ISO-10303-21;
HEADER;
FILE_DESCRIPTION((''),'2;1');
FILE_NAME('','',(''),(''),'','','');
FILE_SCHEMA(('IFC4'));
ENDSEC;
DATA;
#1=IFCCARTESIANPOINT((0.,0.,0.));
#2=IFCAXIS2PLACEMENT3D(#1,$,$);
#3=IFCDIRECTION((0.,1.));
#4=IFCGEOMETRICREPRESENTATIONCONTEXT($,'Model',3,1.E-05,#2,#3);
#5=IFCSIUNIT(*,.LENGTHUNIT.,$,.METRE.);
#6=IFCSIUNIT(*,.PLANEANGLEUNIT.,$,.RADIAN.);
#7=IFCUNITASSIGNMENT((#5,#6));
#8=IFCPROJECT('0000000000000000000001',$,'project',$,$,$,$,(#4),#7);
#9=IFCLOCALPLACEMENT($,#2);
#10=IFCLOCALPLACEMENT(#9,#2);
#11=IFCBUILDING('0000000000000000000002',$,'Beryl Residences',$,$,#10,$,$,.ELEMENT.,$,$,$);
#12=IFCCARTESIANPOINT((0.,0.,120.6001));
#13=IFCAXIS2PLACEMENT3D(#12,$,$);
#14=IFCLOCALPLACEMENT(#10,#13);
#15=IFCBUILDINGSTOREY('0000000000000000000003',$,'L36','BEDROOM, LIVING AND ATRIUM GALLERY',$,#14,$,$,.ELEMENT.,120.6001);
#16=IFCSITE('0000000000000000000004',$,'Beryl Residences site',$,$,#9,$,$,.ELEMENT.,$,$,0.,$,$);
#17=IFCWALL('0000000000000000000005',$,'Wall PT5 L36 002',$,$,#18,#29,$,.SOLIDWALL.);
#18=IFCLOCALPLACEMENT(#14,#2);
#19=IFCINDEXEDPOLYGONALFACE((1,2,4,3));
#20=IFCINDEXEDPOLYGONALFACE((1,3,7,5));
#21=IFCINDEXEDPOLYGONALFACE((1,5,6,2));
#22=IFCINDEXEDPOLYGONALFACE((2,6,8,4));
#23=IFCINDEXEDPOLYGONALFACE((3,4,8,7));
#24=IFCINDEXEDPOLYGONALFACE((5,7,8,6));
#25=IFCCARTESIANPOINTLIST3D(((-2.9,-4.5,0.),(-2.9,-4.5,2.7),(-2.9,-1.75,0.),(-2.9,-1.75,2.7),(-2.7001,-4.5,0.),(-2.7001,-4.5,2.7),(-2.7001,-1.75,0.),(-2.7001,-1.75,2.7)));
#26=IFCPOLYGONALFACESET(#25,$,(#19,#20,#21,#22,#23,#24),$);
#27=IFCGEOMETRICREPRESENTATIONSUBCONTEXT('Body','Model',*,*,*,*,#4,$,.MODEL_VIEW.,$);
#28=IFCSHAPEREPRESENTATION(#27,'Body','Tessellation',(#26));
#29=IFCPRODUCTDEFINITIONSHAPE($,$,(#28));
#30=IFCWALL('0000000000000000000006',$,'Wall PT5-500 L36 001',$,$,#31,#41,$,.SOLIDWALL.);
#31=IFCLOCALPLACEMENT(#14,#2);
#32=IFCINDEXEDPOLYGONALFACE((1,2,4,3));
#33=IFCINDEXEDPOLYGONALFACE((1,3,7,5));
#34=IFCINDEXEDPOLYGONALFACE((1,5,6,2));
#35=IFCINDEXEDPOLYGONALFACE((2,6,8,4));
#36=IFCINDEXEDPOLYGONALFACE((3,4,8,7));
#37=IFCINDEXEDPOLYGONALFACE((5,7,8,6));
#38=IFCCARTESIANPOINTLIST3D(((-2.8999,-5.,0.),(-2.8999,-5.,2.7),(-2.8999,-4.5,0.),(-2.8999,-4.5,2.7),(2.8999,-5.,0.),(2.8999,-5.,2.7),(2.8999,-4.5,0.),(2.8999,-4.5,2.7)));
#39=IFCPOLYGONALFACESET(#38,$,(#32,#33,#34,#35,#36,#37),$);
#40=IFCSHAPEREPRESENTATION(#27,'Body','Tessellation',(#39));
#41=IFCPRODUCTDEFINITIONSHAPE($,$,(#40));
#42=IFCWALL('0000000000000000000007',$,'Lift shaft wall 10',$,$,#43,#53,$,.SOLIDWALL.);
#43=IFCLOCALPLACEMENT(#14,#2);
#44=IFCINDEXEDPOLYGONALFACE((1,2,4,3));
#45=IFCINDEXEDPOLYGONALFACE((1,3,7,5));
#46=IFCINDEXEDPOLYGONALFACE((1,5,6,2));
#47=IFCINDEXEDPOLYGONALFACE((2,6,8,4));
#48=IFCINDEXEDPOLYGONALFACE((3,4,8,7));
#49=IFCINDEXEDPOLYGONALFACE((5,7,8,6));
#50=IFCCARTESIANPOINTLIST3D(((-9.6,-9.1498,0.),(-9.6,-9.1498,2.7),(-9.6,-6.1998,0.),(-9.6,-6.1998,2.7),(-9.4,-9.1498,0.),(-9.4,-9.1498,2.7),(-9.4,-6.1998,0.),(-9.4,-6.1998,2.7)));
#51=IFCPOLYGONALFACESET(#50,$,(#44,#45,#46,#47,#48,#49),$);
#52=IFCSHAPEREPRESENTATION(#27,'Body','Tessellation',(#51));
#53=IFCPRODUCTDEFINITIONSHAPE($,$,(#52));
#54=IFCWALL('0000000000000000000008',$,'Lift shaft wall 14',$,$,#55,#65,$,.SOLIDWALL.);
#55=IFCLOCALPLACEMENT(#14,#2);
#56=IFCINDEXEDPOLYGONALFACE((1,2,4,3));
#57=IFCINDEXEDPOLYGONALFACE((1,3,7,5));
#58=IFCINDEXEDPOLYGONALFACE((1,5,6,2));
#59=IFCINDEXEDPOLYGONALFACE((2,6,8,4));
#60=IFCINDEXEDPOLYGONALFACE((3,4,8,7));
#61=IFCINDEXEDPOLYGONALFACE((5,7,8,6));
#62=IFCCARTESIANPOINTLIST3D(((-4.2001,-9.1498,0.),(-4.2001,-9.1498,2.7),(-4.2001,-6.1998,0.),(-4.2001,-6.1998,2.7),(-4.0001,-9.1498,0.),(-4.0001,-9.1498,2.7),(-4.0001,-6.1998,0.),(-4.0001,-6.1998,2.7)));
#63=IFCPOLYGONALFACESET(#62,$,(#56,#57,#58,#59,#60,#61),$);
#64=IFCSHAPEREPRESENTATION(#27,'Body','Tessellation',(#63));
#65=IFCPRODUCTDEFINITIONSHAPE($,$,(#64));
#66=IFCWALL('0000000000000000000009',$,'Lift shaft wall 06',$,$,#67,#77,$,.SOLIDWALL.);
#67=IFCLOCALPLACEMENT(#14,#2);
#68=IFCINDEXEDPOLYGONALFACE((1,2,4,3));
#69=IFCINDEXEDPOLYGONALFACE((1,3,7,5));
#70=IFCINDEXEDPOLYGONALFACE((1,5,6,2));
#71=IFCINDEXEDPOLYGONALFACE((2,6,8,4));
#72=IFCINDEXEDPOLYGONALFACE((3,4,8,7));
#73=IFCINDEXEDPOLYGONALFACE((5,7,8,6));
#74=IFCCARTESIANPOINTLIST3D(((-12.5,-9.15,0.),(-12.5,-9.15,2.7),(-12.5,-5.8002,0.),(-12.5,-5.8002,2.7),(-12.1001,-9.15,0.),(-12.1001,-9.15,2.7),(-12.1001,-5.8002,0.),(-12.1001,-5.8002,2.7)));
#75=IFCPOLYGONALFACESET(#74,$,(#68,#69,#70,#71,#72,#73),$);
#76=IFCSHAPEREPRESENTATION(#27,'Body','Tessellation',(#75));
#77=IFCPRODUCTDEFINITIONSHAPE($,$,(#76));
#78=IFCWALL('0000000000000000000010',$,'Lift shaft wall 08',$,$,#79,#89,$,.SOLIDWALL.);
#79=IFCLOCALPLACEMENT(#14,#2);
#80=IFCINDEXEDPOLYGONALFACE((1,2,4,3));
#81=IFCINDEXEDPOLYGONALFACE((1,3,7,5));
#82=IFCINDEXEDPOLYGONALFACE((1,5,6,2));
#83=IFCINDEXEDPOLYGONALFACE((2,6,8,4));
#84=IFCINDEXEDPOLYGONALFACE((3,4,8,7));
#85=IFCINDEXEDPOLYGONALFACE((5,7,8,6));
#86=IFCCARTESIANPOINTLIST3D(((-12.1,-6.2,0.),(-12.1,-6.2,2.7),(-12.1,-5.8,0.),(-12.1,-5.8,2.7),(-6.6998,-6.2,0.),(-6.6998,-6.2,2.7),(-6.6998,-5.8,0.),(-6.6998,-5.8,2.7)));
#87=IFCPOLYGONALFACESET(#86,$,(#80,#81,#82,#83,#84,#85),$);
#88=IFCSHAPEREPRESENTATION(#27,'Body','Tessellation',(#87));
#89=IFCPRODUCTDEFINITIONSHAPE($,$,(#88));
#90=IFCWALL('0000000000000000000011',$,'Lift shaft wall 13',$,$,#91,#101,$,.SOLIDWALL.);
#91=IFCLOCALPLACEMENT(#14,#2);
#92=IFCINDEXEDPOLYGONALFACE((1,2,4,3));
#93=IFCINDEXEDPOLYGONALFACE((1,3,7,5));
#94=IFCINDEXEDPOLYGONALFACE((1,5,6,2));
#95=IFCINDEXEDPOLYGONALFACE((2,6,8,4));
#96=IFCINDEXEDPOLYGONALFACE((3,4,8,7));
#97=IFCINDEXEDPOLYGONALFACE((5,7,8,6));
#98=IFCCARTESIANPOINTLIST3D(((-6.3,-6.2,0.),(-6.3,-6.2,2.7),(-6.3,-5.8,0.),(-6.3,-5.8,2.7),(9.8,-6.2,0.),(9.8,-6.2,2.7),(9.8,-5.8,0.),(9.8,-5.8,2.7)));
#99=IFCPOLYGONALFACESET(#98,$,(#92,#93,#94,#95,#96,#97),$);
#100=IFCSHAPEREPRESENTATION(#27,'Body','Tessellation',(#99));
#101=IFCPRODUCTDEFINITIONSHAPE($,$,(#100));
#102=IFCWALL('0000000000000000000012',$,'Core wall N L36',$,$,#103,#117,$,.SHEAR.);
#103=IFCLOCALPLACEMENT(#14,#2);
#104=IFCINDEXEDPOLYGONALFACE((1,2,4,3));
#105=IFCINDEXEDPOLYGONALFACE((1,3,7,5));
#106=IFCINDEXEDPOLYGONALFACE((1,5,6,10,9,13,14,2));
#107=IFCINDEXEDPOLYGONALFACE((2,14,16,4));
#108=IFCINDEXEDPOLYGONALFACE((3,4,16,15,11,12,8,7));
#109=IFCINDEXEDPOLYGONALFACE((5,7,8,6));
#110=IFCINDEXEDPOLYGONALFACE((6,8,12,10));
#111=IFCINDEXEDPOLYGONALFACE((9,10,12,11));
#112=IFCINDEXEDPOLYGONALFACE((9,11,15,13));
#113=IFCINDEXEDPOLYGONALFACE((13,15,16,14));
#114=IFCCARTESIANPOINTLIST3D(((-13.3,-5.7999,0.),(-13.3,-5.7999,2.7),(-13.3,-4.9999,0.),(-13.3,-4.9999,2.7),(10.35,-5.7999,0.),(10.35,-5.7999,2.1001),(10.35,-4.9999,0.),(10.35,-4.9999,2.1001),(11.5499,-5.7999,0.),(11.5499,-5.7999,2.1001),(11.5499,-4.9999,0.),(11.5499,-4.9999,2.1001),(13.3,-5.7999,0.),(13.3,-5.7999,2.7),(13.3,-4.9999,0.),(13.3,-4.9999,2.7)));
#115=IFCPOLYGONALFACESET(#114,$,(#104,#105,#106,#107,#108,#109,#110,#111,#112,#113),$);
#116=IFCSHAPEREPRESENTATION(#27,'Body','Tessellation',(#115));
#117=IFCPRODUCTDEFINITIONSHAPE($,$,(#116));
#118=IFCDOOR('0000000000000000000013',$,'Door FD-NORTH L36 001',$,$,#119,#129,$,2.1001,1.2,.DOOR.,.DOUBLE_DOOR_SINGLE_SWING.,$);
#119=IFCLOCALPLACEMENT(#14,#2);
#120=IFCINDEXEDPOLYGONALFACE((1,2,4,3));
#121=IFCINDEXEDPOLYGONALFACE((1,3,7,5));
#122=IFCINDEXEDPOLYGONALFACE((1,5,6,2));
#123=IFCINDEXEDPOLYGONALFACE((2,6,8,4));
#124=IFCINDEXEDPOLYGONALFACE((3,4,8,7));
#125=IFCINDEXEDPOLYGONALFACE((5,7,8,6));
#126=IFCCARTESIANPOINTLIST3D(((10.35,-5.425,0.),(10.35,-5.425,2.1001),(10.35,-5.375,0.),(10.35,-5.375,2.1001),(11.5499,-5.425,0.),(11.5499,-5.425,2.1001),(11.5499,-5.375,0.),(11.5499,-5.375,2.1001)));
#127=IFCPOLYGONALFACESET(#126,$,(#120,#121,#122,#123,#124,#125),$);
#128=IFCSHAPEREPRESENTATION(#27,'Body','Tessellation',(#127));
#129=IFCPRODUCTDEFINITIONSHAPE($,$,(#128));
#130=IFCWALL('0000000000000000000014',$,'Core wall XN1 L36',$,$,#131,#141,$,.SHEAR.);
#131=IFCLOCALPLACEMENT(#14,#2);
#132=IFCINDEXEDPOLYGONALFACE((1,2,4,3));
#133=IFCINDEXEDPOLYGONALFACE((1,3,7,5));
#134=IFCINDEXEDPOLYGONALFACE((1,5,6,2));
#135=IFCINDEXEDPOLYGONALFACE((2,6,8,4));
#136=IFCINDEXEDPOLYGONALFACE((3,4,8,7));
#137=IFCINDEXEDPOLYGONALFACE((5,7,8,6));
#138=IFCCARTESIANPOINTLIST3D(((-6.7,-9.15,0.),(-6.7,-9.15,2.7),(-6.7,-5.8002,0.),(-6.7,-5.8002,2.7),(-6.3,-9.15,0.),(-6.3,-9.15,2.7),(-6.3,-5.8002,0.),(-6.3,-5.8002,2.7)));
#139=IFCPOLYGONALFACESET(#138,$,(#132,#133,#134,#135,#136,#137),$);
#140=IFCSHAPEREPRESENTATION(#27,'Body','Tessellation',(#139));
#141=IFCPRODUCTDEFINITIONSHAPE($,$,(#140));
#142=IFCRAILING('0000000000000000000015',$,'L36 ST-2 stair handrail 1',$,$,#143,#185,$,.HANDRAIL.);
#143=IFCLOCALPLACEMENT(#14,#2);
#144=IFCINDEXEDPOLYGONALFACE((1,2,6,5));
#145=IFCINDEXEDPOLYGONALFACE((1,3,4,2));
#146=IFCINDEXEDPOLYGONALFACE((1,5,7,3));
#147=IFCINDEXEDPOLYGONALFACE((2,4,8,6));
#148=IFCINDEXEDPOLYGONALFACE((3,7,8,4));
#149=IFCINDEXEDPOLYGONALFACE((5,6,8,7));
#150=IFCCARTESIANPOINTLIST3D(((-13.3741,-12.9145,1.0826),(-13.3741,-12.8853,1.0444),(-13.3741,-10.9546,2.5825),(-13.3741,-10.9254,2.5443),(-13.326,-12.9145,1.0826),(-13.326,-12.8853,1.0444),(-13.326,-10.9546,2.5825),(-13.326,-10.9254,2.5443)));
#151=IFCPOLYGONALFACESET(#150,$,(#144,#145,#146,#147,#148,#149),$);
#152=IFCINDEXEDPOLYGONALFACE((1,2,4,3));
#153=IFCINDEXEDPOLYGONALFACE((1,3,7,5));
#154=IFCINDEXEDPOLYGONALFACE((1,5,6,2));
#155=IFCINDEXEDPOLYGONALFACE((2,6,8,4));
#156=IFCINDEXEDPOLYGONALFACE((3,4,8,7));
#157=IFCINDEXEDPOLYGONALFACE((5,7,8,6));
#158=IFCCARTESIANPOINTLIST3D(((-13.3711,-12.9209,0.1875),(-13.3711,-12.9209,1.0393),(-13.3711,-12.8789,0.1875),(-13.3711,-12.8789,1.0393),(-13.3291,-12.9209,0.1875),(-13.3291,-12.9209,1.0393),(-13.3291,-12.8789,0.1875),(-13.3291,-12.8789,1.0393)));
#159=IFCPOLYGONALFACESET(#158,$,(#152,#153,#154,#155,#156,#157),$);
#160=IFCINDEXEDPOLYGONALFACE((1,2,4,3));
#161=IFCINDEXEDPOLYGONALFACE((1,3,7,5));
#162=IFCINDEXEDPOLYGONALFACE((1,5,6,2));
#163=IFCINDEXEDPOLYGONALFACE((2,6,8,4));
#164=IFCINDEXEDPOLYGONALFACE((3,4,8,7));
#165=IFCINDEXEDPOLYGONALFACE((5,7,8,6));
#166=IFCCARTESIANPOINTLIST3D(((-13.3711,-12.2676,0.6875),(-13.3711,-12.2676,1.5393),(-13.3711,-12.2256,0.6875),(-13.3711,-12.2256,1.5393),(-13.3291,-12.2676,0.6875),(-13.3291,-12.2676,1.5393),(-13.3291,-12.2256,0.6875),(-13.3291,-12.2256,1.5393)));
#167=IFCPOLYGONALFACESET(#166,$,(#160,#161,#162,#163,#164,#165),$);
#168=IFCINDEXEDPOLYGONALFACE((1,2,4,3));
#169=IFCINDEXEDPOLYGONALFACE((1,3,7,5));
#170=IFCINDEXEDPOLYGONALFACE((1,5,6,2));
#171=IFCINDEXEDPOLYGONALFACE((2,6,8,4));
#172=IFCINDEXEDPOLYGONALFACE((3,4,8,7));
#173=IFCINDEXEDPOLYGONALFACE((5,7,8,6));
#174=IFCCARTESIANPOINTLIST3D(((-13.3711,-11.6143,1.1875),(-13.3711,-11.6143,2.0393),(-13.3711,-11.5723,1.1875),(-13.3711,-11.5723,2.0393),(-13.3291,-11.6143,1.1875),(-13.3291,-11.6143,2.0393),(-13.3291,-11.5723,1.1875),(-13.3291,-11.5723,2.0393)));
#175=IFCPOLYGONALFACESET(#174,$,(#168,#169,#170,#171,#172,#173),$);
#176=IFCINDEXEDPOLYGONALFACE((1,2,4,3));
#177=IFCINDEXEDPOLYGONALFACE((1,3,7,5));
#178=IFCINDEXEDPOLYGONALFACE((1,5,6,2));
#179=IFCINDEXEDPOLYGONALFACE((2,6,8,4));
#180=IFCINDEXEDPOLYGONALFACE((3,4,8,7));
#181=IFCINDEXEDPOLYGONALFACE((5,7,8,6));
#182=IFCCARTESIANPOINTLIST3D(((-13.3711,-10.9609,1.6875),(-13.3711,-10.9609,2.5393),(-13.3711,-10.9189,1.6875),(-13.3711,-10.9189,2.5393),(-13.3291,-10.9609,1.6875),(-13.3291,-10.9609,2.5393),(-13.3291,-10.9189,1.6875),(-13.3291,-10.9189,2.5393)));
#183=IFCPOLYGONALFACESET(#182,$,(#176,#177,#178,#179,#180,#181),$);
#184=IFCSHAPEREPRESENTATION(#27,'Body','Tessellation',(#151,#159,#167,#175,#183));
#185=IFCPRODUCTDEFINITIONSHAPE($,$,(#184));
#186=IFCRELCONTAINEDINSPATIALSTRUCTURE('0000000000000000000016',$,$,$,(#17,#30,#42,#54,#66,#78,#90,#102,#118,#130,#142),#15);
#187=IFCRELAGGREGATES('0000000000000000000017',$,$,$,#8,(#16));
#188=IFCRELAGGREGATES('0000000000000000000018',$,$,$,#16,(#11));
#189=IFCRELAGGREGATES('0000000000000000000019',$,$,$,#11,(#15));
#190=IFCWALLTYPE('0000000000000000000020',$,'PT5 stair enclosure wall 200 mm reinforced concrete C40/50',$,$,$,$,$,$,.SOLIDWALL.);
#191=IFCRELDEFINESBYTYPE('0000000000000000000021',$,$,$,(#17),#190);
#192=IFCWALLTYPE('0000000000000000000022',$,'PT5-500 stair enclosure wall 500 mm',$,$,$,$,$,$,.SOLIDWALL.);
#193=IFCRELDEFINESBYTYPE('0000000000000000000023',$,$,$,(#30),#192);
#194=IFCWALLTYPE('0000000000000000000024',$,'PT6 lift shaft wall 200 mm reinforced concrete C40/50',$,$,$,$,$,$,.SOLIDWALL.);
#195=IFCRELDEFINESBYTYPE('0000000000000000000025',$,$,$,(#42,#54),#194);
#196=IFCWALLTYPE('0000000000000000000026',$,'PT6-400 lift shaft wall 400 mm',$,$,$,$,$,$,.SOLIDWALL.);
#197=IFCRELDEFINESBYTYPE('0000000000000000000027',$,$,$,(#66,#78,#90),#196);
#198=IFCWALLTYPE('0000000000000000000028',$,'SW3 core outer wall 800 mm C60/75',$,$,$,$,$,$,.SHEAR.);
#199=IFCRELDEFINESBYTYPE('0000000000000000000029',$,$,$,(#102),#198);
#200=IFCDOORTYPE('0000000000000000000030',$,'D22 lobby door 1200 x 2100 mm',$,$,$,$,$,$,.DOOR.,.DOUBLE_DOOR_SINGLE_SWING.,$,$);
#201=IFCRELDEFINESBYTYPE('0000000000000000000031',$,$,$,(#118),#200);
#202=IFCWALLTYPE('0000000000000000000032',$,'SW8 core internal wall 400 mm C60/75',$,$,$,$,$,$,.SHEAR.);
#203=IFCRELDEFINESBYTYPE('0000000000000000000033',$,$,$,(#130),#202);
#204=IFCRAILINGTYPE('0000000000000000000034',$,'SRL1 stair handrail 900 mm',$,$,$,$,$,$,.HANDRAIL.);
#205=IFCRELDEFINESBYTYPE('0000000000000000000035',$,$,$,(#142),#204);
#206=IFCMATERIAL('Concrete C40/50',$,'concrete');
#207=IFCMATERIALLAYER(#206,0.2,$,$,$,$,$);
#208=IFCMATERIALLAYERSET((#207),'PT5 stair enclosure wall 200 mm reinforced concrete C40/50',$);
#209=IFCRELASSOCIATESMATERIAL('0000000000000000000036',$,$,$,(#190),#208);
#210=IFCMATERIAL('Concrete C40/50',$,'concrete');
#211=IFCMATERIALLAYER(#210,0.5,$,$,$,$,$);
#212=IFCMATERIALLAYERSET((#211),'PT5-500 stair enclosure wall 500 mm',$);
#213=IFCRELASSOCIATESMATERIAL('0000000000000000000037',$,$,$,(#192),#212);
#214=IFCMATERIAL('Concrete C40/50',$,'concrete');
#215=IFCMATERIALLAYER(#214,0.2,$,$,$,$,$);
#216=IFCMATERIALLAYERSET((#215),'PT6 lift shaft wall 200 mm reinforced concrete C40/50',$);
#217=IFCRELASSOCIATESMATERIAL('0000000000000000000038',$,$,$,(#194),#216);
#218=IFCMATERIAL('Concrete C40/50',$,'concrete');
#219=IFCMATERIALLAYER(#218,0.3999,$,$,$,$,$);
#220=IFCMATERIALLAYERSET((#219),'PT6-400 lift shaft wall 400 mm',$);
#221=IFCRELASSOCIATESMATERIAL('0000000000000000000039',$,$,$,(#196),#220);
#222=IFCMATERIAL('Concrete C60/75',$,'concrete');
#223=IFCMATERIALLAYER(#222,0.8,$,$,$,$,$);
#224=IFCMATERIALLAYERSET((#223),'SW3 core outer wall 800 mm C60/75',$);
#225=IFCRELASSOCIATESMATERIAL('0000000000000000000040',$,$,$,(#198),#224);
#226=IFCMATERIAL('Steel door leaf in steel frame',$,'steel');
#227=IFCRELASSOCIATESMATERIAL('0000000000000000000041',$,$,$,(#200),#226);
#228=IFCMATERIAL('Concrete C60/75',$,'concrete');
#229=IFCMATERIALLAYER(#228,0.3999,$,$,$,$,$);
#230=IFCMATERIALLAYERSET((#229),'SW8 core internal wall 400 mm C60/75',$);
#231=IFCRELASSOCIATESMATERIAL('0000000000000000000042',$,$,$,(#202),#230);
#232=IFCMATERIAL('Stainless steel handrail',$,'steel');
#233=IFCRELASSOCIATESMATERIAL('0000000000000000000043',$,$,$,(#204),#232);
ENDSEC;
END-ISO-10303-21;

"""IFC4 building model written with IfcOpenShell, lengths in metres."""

from ifc_helpers import new_model, si_unit, direction, frame, frame_2d, origin, origin_2d, place, context, subcontext, project, spatial, rectangle, extrude, material, layer, layer_set, type_object, element, fill, save


model = new_model("IFC4")

# Units and contexts
model_context = context("Model", 3, precision=1e-05, world=origin(), true_north=direction((0.0, 1.0)))
body_context = subcontext(model_context, "Body", "Model", "MODEL_VIEW")
ifc_project = project(units=[si_unit("LENGTHUNIT", "METRE"), si_unit("PLANEANGLEUNIT", "RADIAN")], contexts=[model_context])

# Site, building, storey
site_placement = place(None, origin())
site = spatial("IfcSite", under=ifc_project, at=site_placement, Name="Beryl Residences site", CompositionType="ELEMENT", RefElevation=0.0)
building_placement = place(site_placement, origin())
building = spatial("IfcBuilding", under=site, at=building_placement, Name="Beryl Residences", CompositionType="ELEMENT")
storey_placement = place(building_placement, frame((0.0, 0.0, 120.6001)))
storey = spatial("IfcBuildingStorey", under=building, at=storey_placement, Name="L36", Description="BEDROOM, LIVING AND ATRIUM GALLERY", CompositionType="ELEMENT", Elevation=120.6001)

# Walls
ifc_material_1 = material(Name="Concrete C40/50", Category="concrete")
ifc_layer_1 = layer(ifc_material_1, 0.2)
ifc_layer_set_1 = layer_set([ifc_layer_1], Name="PT5 stair enclosure wall 200 mm reinforced concrete C40/50")
wall_type_1 = type_object("IfcWallType", Name="PT5 stair enclosure wall 200 mm reinforced concrete C40/50", PredefinedType="SOLIDWALL", material=ifc_layer_set_1)
wall_1_placement = place(storey_placement, frame((-2.8, -4.5, 0.0), z_axis=(0.0, 0.0, 1.0), x_axis=(0.0, 1.0, 0.0)))
element("IfcWall", 1, at=wall_1_placement, inside=storey, type_object=wall_type_1, Name="Wall PT5 L36 002", PredefinedType="SOLIDWALL", context=body_context, shape_type="SweptSolid", body=[
    extrude(rectangle(XDim=2.75, YDim=0.2, at=frame_2d((1.375, 0.0))), origin(), (0.0, 0.0, 1.0), 2.7),
])
ifc_material_2 = material(Name="Concrete C40/50", Category="concrete")
ifc_layer_2 = layer(ifc_material_2, 0.5)
ifc_layer_set_2 = layer_set([ifc_layer_2], Name="PT5-500 stair enclosure wall 500 mm")
wall_type_2 = type_object("IfcWallType", Name="PT5-500 stair enclosure wall 500 mm", PredefinedType="SOLIDWALL", material=ifc_layer_set_2)
wall_2_placement = place(storey_placement, frame((-2.8999, -4.75, 0.0), z_axis=(0.0, 0.0, 1.0), x_axis=(1.0, 0.0, 0.0)))
element("IfcWall", 2, at=wall_2_placement, inside=storey, type_object=wall_type_2, Name="Wall PT5-500 L36 001", PredefinedType="SOLIDWALL", context=body_context, shape_type="SweptSolid", body=[
    extrude(rectangle(XDim=5.7998, YDim=0.5, at=frame_2d((2.8999, 0.0))), origin(), (0.0, 0.0, 1.0), 2.7),
])
ifc_material_3 = material(Name="Concrete C40/50", Category="concrete")
ifc_layer_3 = layer(ifc_material_3, 0.2)
ifc_layer_set_3 = layer_set([ifc_layer_3], Name="PT6 lift shaft wall 200 mm reinforced concrete C40/50")
wall_type_3 = type_object("IfcWallType", Name="PT6 lift shaft wall 200 mm reinforced concrete C40/50", PredefinedType="SOLIDWALL", material=ifc_layer_set_3)
for number, where, z_axis, x_axis, name in (
    (3, (-9.5, -9.1499, 0.0), (0.0, 0.0, 1.0), (0.0, 1.0, 0.0), "Lift shaft wall 10"),
    (4, (-4.1001, -9.1499, 0.0), (0.0, 0.0, 1.0), (0.0, 1.0, 0.0), "Lift shaft wall 14"),
):
    element("IfcWall", number, at=place(storey_placement, frame(where, z_axis=z_axis, x_axis=x_axis)), inside=storey, type_object=wall_type_3, Name=name, PredefinedType="SOLIDWALL", context=body_context, shape_type="SweptSolid", body=[
        extrude(rectangle(XDim=2.95, YDim=0.2, at=frame_2d((1.4751, 0.0))), origin(), (0.0, 0.0, 1.0), 2.7),
    ])
ifc_material_4 = material(Name="Concrete C40/50", Category="concrete")
ifc_layer_4 = layer(ifc_material_4, 0.3999)
ifc_layer_set_4 = layer_set([ifc_layer_4], Name="PT6-400 lift shaft wall 400 mm")
wall_type_4 = type_object("IfcWallType", Name="PT6-400 lift shaft wall 400 mm", PredefinedType="SOLIDWALL", material=ifc_layer_set_4)
wall_3_placement = place(storey_placement, frame((-12.3, -9.1499, 0.0), z_axis=(0.0, 0.0, 1.0), x_axis=(0.0, 1.0, 0.0)))
element("IfcWall", 5, at=wall_3_placement, inside=storey, type_object=wall_type_4, Name="Lift shaft wall 06", PredefinedType="SOLIDWALL", context=body_context, shape_type="SweptSolid", body=[
    extrude(rectangle(XDim=3.3499, YDim=0.3999, at=frame_2d((1.6748, 0.0))), origin(), (0.0, 0.0, 1.0), 2.7),
])
wall_4_placement = place(storey_placement, frame((-12.1001, -6.0, 0.0), z_axis=(0.0, 0.0, 1.0), x_axis=(1.0, 0.0, 0.0)))
element("IfcWall", 6, at=wall_4_placement, inside=storey, type_object=wall_type_4, Name="Lift shaft wall 08", PredefinedType="SOLIDWALL", context=body_context, shape_type="SweptSolid", body=[
    extrude(rectangle(XDim=5.4001, YDim=0.3999, at=frame_2d((2.7002, 0.0))), origin(), (0.0, 0.0, 1.0), 2.7),
])
wall_5_placement = place(storey_placement, frame((-6.3, -6.0, 0.0), z_axis=(0.0, 0.0, 1.0), x_axis=(1.0, 0.0, 0.0)))
element("IfcWall", 7, at=wall_5_placement, inside=storey, type_object=wall_type_4, Name="Lift shaft wall 13", PredefinedType="SOLIDWALL", context=body_context, shape_type="SweptSolid", body=[
    extrude(rectangle(XDim=16.1001, YDim=0.3999, at=frame_2d((8.05, 0.0))), origin(), (0.0, 0.0, 1.0), 2.7),
])

# Wall, opening, door
ifc_material_5 = material(Name="Concrete C60/75", Category="concrete")
ifc_layer_5 = layer(ifc_material_5, 0.8)
ifc_layer_set_5 = layer_set([ifc_layer_5], Name="SW3 core outer wall 800 mm C60/75")
wall_type_5 = type_object("IfcWallType", Name="SW3 core outer wall 800 mm C60/75", PredefinedType="SHEAR", material=ifc_layer_set_5)
wall_6_placement = place(storey_placement, frame((-13.3, -5.3999, 0.0), z_axis=(0.0, 0.0, 1.0), x_axis=(1.0, 0.0, 0.0)))
wall_6 = element("IfcWall", 8, at=wall_6_placement, inside=storey, type_object=wall_type_5, Name="Core wall N L36", PredefinedType="SHEAR", context=body_context, shape_type="SweptSolid", body=[
    extrude(rectangle(XDim=26.6001, YDim=0.8, at=frame_2d((13.3, 0.0))), origin(), (0.0, 0.0, 1.0), 2.7),
])
opening_1_placement = place(wall_6_placement, frame((23.6499, 0.0, 0.0)))
opening_1 = element("IfcOpeningElement", 9, at=opening_1_placement, cuts=wall_6, PredefinedType="OPENING", context=body_context, shape_type="SweptSolid", body=[
    extrude(rectangle(XDim=1.2, YDim=2.1001, at=frame_2d((0.6001, 1.05))), frame((0.0, 0.4099, 0.0), z_axis=(0.0, -1.0, 0.0), x_axis=(1.0, 0.0, 0.0)), (0.0, 0.0, 1.0), 0.8201),
])
ifc_material_6 = material(Name="Steel door leaf in steel frame", Category="steel")
door_type_1 = type_object("IfcDoorType", Name="D22 lobby door 1200 x 2100 mm", OperationType="DOUBLE_DOOR_SINGLE_SWING", PredefinedType="DOOR", material=ifc_material_6)
door_1_placement = place(opening_1_placement, origin())
door_1 = element("IfcDoor", 10, at=door_1_placement, inside=storey, type_object=door_type_1, Name="Door FD-NORTH L36 001", OperationType="DOUBLE_DOOR_SINGLE_SWING", OverallHeight=2.1001, OverallWidth=1.2, PredefinedType="DOOR", context=body_context, shape_type="SweptSolid", body=[
    extrude(rectangle(XDim=1.2, YDim=2.1001, at=frame_2d((0.6001, 1.05))), frame((0.0, 0.0249, 0.0), z_axis=(0.0, -1.0, 0.0), x_axis=(1.0, 0.0, 0.0)), (0.0, 0.0, 1.0), 0.05),
])
fill(opening_1, door_1)

# Shared definitions
ifc_material_7 = material(Name="Concrete C60/75", Category="concrete")
ifc_layer_6 = layer(ifc_material_7, 0.3999)
ifc_layer_set_6 = layer_set([ifc_layer_6], Name="SW8 core internal wall 400 mm C60/75")
wall_type_6 = type_object("IfcWallType", Name="SW8 core internal wall 400 mm C60/75", PredefinedType="SHEAR", material=ifc_layer_set_6)

# Wall
wall_7_placement = place(storey_placement, frame((-6.5, -9.1499, 0.0), z_axis=(0.0, 0.0, 1.0), x_axis=(0.0, 1.0, 0.0)))
element("IfcWall", 11, at=wall_7_placement, inside=storey, type_object=wall_type_6, Name="Core wall XN1 L36", PredefinedType="SHEAR", context=body_context, shape_type="SweptSolid", body=[
    extrude(rectangle(XDim=3.3499, YDim=0.3999, at=frame_2d((1.6748, 0.0))), origin(), (0.0, 0.0, 1.0), 2.7),
])

# Railing
ifc_material_8 = material(Name="Stainless steel handrail", Category="steel")
railing_type = type_object("IfcRailingType", Name="SRL1 stair handrail 900 mm", PredefinedType="HANDRAIL", material=ifc_material_8)
railing_placement = place(storey_placement, frame((-13.3501, -12.8999, 0.1875)))
element("IfcRailing", 12, at=railing_placement, inside=storey, type_object=railing_type, Name="L36 ST-2 stair handrail 1", PredefinedType="HANDRAIL", context=body_context, shape_type="SweptSolid", body=[
    extrude(rectangle(XDim=0.0481, YDim=0.0481, at=origin_2d()), frame((0.0, 0.0, 0.876), z_axis=(0.0, 0.794122, 0.607758), x_axis=(-1.0, 0.0, 0.0)), (0.0, 0.0, 1.0), 2.468),
    extrude(rectangle(XDim=0.042, YDim=0.042, at=origin_2d()), origin(), (0.0, 0.0, 1.0), 0.8518),
    extrude(rectangle(XDim=0.042, YDim=0.042, at=origin_2d()), frame((0.0, 0.6533, 0.5)), (0.0, 0.0, 1.0), 0.8518),
    extrude(rectangle(XDim=0.042, YDim=0.042, at=origin_2d()), frame((0.0, 1.3066, 1.0)), (0.0, 0.0, 1.0), 0.8518),
    extrude(rectangle(XDim=0.042, YDim=0.042, at=origin_2d()), frame((0.0, 1.96, 1.5)), (0.0, 0.0, 1.0), 0.8518),
])

save(model, "model.ifc")
